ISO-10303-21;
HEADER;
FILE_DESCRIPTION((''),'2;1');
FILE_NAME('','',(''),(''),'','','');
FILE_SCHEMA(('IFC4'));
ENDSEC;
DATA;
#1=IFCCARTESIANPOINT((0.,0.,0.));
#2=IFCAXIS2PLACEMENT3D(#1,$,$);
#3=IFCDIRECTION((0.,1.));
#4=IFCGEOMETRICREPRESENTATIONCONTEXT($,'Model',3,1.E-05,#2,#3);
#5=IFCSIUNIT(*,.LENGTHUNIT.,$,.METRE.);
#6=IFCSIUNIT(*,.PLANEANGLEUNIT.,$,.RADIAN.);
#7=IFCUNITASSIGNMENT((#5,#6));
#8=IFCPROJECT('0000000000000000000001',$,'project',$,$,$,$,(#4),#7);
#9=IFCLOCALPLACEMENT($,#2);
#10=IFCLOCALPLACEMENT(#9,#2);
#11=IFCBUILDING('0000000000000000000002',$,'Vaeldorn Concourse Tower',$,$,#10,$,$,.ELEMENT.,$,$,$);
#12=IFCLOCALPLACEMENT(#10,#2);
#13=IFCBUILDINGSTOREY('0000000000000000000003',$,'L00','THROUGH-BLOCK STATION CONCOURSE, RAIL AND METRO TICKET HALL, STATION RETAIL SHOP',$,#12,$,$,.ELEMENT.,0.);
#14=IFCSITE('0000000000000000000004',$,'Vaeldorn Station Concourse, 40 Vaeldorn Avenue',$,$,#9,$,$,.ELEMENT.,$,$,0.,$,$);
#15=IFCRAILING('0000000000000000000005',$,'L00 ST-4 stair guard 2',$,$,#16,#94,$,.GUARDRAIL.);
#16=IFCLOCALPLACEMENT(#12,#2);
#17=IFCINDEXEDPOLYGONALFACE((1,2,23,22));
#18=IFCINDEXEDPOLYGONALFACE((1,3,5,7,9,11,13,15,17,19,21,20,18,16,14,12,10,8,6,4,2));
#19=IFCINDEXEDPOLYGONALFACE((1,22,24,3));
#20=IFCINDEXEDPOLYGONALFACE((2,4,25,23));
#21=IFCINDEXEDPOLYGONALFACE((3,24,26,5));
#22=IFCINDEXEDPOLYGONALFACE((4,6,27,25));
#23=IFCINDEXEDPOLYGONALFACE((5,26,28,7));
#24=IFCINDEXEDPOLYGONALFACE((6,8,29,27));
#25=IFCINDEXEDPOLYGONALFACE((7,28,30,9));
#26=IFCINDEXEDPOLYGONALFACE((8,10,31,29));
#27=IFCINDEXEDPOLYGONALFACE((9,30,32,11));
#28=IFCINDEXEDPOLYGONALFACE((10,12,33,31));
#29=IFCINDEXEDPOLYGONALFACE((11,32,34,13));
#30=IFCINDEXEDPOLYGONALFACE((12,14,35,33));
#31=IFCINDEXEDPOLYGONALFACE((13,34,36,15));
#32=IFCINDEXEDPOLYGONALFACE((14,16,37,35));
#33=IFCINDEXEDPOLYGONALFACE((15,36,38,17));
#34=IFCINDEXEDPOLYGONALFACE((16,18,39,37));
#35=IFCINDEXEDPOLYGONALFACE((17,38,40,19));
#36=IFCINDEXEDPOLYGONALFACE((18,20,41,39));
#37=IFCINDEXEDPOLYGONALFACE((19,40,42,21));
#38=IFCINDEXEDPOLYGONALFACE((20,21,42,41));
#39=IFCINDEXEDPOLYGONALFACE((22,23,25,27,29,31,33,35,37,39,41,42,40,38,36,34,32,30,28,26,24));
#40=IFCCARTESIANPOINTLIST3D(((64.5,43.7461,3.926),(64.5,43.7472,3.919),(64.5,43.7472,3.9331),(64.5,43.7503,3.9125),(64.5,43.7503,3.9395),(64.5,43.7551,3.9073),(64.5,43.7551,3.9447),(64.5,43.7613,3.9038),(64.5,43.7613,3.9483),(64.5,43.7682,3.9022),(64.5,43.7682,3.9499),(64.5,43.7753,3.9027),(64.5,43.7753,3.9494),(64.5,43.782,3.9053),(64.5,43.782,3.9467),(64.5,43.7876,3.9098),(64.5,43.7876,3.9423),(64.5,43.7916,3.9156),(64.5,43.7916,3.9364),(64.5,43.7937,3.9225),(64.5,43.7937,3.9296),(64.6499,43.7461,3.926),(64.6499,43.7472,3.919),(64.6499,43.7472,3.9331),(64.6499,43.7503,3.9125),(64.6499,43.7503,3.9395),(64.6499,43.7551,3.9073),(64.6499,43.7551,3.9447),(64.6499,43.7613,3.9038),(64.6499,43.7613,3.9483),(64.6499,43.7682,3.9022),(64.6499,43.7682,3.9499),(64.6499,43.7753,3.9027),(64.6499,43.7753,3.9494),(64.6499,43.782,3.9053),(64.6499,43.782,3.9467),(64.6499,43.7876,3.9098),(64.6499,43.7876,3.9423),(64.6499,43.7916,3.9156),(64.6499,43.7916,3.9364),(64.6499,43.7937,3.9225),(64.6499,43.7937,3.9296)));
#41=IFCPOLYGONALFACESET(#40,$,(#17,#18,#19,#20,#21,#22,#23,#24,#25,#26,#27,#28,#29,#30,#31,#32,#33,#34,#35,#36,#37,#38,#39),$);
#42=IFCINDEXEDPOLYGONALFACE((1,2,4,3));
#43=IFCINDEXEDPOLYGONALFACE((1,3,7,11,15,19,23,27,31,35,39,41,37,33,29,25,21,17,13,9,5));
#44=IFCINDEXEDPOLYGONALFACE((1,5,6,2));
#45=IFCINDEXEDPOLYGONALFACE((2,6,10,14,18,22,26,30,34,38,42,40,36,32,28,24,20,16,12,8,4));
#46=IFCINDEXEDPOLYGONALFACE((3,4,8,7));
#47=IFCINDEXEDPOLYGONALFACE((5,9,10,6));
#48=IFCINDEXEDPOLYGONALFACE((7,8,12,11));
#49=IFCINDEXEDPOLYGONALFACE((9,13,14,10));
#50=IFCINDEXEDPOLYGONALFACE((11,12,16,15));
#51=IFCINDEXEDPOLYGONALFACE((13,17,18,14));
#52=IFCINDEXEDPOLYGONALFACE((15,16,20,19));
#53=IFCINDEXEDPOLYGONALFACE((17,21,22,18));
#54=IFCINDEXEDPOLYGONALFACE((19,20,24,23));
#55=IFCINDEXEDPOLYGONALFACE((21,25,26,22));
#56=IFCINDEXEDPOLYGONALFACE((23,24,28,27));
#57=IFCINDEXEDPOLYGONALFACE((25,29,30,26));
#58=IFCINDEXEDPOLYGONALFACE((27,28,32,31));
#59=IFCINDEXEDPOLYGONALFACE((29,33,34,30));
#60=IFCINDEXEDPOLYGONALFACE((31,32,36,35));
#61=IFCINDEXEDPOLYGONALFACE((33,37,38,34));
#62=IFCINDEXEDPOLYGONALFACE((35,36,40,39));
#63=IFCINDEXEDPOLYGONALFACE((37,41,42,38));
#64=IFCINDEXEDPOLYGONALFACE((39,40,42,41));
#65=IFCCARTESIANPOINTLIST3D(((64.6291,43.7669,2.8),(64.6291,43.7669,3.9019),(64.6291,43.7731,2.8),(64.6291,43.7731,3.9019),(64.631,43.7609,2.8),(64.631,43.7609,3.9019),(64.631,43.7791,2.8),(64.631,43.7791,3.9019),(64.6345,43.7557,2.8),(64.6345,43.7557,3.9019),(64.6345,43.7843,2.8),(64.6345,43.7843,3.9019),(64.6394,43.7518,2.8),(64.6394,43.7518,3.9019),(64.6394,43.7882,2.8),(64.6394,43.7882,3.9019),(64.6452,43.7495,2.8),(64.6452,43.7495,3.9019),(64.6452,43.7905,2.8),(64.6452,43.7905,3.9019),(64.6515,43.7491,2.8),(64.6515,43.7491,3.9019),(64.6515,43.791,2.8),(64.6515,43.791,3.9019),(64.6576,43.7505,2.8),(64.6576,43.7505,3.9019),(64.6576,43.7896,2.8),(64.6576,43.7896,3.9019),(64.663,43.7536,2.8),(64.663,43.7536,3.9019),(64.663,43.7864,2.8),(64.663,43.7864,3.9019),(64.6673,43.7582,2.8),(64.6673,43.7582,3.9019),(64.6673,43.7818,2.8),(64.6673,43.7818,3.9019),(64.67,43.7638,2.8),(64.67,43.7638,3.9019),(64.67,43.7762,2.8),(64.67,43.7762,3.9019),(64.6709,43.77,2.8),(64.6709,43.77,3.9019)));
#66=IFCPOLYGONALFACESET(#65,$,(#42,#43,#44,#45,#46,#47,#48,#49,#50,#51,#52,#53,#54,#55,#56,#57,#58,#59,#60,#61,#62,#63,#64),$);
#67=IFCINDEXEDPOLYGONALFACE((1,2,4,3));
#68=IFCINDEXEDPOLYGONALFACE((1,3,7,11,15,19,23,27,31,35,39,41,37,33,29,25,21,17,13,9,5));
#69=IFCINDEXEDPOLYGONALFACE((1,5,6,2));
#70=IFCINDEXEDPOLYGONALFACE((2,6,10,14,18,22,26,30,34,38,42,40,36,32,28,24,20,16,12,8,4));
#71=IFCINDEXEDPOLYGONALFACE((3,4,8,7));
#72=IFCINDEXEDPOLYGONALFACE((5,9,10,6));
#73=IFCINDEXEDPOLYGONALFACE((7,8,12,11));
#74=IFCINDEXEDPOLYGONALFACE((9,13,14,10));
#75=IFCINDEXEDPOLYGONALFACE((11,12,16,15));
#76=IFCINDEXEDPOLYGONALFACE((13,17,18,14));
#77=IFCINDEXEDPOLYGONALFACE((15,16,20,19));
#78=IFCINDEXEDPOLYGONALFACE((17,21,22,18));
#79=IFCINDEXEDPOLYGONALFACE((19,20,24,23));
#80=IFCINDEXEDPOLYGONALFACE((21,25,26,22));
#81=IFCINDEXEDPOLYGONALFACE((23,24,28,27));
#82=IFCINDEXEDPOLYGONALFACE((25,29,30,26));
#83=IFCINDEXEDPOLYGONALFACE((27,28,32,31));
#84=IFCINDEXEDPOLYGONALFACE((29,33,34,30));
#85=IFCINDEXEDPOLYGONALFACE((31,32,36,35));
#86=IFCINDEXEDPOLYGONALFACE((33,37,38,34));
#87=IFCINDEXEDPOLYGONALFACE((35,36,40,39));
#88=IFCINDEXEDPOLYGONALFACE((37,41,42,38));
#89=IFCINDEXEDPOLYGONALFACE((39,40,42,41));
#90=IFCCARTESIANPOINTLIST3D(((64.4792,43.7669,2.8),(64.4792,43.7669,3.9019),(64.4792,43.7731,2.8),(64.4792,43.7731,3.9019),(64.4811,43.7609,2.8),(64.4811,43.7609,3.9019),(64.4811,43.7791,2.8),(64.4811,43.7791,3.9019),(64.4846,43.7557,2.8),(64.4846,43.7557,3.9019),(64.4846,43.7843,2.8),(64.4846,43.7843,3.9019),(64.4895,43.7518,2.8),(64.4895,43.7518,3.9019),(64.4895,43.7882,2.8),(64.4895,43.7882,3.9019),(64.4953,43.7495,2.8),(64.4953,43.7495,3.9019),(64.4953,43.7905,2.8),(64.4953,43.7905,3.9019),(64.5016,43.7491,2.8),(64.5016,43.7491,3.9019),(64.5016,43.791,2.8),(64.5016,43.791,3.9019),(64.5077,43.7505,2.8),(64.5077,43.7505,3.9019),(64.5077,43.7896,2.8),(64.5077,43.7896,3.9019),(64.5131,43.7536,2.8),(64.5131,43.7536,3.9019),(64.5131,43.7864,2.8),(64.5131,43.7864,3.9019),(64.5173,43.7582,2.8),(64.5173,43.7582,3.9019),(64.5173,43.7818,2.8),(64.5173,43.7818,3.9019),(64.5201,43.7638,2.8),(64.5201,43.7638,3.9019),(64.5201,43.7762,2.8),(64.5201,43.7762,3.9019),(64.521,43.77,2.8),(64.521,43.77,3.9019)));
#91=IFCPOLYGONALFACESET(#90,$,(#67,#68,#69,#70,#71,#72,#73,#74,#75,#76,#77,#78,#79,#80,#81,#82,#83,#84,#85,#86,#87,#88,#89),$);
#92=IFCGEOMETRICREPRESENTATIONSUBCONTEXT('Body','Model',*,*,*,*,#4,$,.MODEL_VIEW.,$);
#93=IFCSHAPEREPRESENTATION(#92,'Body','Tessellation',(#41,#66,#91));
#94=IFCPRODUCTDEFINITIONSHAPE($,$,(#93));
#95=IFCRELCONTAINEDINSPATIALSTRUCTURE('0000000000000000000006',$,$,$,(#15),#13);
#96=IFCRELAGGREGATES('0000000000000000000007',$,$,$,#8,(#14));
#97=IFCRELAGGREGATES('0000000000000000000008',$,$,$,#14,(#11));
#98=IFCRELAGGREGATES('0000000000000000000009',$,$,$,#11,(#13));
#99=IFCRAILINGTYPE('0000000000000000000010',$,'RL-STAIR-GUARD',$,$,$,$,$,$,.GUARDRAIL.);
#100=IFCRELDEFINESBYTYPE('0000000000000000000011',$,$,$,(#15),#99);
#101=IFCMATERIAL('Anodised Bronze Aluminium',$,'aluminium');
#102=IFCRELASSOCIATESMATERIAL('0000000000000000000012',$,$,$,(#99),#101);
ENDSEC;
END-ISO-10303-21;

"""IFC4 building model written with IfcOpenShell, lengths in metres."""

from ifc_helpers import new_model, si_unit, direction, frame, origin, origin_2d, place, context, subcontext, project, spatial, circle, extrude, material, type_object, element, save


model = new_model("IFC4")

# Units and contexts
model_context = context("Model", 3, precision=1e-05, world=origin(), true_north=direction((0.0, 1.0)))
body_context = subcontext(model_context, "Body", "Model", "MODEL_VIEW")
ifc_project = project(units=[si_unit("LENGTHUNIT", "METRE"), si_unit("PLANEANGLEUNIT", "RADIAN")], contexts=[model_context])

# Site, building, storey
site_placement = place(None, origin())
site = spatial("IfcSite", under=ifc_project, at=site_placement, Name="Vaeldorn Station Concourse, 40 Vaeldorn Avenue", CompositionType="ELEMENT", RefElevation=0.0)
building_placement = place(site_placement, origin())
building = spatial("IfcBuilding", under=site, at=building_placement, Name="Vaeldorn Concourse Tower", CompositionType="ELEMENT")
storey_placement = place(building_placement, origin())
storey = spatial("IfcBuildingStorey", under=building, at=storey_placement, Name="L00", Description="THROUGH-BLOCK STATION CONCOURSE, RAIL AND METRO TICKET HALL, STATION RETAIL SHOP", CompositionType="ELEMENT", Elevation=0.0)

# Shared definitions
ifc_material_1 = material(Name="Anodised Bronze Aluminium", Category="aluminium")

# Railing
railing_type_1 = type_object("IfcRailingType", Name="RL-STAIR-GUARD", PredefinedType="GUARDRAIL", material=ifc_material_1)
railing_1_placement = place(storey_placement, frame((64.6499, 43.77, 2.8)))
element("IfcRailing", 1, at=railing_1_placement, inside=storey, type_object=railing_type_1, Name="L00 ST-4 stair guard 2", PredefinedType="GUARDRAIL", context=body_context, shape_type="SweptSolid", body=[
    extrude(circle(Radius=0.0239, at=origin_2d()), frame((0.0, 0.0, 1.126), z_axis=(-1.0, 0.0, 0.0), x_axis=(0.0, -1.0, 0.0)), (0.0, 0.0, 1.0), 0.1499),
    extrude(circle(Radius=0.021, at=origin_2d()), origin(), (0.0, 0.0, 1.0), 1.1018),
    extrude(circle(Radius=0.021, at=origin_2d()), frame((-0.1499, 0.0, 0.0)), (0.0, 0.0, 1.0), 1.1018),
])

save(model, "model.ifc")
